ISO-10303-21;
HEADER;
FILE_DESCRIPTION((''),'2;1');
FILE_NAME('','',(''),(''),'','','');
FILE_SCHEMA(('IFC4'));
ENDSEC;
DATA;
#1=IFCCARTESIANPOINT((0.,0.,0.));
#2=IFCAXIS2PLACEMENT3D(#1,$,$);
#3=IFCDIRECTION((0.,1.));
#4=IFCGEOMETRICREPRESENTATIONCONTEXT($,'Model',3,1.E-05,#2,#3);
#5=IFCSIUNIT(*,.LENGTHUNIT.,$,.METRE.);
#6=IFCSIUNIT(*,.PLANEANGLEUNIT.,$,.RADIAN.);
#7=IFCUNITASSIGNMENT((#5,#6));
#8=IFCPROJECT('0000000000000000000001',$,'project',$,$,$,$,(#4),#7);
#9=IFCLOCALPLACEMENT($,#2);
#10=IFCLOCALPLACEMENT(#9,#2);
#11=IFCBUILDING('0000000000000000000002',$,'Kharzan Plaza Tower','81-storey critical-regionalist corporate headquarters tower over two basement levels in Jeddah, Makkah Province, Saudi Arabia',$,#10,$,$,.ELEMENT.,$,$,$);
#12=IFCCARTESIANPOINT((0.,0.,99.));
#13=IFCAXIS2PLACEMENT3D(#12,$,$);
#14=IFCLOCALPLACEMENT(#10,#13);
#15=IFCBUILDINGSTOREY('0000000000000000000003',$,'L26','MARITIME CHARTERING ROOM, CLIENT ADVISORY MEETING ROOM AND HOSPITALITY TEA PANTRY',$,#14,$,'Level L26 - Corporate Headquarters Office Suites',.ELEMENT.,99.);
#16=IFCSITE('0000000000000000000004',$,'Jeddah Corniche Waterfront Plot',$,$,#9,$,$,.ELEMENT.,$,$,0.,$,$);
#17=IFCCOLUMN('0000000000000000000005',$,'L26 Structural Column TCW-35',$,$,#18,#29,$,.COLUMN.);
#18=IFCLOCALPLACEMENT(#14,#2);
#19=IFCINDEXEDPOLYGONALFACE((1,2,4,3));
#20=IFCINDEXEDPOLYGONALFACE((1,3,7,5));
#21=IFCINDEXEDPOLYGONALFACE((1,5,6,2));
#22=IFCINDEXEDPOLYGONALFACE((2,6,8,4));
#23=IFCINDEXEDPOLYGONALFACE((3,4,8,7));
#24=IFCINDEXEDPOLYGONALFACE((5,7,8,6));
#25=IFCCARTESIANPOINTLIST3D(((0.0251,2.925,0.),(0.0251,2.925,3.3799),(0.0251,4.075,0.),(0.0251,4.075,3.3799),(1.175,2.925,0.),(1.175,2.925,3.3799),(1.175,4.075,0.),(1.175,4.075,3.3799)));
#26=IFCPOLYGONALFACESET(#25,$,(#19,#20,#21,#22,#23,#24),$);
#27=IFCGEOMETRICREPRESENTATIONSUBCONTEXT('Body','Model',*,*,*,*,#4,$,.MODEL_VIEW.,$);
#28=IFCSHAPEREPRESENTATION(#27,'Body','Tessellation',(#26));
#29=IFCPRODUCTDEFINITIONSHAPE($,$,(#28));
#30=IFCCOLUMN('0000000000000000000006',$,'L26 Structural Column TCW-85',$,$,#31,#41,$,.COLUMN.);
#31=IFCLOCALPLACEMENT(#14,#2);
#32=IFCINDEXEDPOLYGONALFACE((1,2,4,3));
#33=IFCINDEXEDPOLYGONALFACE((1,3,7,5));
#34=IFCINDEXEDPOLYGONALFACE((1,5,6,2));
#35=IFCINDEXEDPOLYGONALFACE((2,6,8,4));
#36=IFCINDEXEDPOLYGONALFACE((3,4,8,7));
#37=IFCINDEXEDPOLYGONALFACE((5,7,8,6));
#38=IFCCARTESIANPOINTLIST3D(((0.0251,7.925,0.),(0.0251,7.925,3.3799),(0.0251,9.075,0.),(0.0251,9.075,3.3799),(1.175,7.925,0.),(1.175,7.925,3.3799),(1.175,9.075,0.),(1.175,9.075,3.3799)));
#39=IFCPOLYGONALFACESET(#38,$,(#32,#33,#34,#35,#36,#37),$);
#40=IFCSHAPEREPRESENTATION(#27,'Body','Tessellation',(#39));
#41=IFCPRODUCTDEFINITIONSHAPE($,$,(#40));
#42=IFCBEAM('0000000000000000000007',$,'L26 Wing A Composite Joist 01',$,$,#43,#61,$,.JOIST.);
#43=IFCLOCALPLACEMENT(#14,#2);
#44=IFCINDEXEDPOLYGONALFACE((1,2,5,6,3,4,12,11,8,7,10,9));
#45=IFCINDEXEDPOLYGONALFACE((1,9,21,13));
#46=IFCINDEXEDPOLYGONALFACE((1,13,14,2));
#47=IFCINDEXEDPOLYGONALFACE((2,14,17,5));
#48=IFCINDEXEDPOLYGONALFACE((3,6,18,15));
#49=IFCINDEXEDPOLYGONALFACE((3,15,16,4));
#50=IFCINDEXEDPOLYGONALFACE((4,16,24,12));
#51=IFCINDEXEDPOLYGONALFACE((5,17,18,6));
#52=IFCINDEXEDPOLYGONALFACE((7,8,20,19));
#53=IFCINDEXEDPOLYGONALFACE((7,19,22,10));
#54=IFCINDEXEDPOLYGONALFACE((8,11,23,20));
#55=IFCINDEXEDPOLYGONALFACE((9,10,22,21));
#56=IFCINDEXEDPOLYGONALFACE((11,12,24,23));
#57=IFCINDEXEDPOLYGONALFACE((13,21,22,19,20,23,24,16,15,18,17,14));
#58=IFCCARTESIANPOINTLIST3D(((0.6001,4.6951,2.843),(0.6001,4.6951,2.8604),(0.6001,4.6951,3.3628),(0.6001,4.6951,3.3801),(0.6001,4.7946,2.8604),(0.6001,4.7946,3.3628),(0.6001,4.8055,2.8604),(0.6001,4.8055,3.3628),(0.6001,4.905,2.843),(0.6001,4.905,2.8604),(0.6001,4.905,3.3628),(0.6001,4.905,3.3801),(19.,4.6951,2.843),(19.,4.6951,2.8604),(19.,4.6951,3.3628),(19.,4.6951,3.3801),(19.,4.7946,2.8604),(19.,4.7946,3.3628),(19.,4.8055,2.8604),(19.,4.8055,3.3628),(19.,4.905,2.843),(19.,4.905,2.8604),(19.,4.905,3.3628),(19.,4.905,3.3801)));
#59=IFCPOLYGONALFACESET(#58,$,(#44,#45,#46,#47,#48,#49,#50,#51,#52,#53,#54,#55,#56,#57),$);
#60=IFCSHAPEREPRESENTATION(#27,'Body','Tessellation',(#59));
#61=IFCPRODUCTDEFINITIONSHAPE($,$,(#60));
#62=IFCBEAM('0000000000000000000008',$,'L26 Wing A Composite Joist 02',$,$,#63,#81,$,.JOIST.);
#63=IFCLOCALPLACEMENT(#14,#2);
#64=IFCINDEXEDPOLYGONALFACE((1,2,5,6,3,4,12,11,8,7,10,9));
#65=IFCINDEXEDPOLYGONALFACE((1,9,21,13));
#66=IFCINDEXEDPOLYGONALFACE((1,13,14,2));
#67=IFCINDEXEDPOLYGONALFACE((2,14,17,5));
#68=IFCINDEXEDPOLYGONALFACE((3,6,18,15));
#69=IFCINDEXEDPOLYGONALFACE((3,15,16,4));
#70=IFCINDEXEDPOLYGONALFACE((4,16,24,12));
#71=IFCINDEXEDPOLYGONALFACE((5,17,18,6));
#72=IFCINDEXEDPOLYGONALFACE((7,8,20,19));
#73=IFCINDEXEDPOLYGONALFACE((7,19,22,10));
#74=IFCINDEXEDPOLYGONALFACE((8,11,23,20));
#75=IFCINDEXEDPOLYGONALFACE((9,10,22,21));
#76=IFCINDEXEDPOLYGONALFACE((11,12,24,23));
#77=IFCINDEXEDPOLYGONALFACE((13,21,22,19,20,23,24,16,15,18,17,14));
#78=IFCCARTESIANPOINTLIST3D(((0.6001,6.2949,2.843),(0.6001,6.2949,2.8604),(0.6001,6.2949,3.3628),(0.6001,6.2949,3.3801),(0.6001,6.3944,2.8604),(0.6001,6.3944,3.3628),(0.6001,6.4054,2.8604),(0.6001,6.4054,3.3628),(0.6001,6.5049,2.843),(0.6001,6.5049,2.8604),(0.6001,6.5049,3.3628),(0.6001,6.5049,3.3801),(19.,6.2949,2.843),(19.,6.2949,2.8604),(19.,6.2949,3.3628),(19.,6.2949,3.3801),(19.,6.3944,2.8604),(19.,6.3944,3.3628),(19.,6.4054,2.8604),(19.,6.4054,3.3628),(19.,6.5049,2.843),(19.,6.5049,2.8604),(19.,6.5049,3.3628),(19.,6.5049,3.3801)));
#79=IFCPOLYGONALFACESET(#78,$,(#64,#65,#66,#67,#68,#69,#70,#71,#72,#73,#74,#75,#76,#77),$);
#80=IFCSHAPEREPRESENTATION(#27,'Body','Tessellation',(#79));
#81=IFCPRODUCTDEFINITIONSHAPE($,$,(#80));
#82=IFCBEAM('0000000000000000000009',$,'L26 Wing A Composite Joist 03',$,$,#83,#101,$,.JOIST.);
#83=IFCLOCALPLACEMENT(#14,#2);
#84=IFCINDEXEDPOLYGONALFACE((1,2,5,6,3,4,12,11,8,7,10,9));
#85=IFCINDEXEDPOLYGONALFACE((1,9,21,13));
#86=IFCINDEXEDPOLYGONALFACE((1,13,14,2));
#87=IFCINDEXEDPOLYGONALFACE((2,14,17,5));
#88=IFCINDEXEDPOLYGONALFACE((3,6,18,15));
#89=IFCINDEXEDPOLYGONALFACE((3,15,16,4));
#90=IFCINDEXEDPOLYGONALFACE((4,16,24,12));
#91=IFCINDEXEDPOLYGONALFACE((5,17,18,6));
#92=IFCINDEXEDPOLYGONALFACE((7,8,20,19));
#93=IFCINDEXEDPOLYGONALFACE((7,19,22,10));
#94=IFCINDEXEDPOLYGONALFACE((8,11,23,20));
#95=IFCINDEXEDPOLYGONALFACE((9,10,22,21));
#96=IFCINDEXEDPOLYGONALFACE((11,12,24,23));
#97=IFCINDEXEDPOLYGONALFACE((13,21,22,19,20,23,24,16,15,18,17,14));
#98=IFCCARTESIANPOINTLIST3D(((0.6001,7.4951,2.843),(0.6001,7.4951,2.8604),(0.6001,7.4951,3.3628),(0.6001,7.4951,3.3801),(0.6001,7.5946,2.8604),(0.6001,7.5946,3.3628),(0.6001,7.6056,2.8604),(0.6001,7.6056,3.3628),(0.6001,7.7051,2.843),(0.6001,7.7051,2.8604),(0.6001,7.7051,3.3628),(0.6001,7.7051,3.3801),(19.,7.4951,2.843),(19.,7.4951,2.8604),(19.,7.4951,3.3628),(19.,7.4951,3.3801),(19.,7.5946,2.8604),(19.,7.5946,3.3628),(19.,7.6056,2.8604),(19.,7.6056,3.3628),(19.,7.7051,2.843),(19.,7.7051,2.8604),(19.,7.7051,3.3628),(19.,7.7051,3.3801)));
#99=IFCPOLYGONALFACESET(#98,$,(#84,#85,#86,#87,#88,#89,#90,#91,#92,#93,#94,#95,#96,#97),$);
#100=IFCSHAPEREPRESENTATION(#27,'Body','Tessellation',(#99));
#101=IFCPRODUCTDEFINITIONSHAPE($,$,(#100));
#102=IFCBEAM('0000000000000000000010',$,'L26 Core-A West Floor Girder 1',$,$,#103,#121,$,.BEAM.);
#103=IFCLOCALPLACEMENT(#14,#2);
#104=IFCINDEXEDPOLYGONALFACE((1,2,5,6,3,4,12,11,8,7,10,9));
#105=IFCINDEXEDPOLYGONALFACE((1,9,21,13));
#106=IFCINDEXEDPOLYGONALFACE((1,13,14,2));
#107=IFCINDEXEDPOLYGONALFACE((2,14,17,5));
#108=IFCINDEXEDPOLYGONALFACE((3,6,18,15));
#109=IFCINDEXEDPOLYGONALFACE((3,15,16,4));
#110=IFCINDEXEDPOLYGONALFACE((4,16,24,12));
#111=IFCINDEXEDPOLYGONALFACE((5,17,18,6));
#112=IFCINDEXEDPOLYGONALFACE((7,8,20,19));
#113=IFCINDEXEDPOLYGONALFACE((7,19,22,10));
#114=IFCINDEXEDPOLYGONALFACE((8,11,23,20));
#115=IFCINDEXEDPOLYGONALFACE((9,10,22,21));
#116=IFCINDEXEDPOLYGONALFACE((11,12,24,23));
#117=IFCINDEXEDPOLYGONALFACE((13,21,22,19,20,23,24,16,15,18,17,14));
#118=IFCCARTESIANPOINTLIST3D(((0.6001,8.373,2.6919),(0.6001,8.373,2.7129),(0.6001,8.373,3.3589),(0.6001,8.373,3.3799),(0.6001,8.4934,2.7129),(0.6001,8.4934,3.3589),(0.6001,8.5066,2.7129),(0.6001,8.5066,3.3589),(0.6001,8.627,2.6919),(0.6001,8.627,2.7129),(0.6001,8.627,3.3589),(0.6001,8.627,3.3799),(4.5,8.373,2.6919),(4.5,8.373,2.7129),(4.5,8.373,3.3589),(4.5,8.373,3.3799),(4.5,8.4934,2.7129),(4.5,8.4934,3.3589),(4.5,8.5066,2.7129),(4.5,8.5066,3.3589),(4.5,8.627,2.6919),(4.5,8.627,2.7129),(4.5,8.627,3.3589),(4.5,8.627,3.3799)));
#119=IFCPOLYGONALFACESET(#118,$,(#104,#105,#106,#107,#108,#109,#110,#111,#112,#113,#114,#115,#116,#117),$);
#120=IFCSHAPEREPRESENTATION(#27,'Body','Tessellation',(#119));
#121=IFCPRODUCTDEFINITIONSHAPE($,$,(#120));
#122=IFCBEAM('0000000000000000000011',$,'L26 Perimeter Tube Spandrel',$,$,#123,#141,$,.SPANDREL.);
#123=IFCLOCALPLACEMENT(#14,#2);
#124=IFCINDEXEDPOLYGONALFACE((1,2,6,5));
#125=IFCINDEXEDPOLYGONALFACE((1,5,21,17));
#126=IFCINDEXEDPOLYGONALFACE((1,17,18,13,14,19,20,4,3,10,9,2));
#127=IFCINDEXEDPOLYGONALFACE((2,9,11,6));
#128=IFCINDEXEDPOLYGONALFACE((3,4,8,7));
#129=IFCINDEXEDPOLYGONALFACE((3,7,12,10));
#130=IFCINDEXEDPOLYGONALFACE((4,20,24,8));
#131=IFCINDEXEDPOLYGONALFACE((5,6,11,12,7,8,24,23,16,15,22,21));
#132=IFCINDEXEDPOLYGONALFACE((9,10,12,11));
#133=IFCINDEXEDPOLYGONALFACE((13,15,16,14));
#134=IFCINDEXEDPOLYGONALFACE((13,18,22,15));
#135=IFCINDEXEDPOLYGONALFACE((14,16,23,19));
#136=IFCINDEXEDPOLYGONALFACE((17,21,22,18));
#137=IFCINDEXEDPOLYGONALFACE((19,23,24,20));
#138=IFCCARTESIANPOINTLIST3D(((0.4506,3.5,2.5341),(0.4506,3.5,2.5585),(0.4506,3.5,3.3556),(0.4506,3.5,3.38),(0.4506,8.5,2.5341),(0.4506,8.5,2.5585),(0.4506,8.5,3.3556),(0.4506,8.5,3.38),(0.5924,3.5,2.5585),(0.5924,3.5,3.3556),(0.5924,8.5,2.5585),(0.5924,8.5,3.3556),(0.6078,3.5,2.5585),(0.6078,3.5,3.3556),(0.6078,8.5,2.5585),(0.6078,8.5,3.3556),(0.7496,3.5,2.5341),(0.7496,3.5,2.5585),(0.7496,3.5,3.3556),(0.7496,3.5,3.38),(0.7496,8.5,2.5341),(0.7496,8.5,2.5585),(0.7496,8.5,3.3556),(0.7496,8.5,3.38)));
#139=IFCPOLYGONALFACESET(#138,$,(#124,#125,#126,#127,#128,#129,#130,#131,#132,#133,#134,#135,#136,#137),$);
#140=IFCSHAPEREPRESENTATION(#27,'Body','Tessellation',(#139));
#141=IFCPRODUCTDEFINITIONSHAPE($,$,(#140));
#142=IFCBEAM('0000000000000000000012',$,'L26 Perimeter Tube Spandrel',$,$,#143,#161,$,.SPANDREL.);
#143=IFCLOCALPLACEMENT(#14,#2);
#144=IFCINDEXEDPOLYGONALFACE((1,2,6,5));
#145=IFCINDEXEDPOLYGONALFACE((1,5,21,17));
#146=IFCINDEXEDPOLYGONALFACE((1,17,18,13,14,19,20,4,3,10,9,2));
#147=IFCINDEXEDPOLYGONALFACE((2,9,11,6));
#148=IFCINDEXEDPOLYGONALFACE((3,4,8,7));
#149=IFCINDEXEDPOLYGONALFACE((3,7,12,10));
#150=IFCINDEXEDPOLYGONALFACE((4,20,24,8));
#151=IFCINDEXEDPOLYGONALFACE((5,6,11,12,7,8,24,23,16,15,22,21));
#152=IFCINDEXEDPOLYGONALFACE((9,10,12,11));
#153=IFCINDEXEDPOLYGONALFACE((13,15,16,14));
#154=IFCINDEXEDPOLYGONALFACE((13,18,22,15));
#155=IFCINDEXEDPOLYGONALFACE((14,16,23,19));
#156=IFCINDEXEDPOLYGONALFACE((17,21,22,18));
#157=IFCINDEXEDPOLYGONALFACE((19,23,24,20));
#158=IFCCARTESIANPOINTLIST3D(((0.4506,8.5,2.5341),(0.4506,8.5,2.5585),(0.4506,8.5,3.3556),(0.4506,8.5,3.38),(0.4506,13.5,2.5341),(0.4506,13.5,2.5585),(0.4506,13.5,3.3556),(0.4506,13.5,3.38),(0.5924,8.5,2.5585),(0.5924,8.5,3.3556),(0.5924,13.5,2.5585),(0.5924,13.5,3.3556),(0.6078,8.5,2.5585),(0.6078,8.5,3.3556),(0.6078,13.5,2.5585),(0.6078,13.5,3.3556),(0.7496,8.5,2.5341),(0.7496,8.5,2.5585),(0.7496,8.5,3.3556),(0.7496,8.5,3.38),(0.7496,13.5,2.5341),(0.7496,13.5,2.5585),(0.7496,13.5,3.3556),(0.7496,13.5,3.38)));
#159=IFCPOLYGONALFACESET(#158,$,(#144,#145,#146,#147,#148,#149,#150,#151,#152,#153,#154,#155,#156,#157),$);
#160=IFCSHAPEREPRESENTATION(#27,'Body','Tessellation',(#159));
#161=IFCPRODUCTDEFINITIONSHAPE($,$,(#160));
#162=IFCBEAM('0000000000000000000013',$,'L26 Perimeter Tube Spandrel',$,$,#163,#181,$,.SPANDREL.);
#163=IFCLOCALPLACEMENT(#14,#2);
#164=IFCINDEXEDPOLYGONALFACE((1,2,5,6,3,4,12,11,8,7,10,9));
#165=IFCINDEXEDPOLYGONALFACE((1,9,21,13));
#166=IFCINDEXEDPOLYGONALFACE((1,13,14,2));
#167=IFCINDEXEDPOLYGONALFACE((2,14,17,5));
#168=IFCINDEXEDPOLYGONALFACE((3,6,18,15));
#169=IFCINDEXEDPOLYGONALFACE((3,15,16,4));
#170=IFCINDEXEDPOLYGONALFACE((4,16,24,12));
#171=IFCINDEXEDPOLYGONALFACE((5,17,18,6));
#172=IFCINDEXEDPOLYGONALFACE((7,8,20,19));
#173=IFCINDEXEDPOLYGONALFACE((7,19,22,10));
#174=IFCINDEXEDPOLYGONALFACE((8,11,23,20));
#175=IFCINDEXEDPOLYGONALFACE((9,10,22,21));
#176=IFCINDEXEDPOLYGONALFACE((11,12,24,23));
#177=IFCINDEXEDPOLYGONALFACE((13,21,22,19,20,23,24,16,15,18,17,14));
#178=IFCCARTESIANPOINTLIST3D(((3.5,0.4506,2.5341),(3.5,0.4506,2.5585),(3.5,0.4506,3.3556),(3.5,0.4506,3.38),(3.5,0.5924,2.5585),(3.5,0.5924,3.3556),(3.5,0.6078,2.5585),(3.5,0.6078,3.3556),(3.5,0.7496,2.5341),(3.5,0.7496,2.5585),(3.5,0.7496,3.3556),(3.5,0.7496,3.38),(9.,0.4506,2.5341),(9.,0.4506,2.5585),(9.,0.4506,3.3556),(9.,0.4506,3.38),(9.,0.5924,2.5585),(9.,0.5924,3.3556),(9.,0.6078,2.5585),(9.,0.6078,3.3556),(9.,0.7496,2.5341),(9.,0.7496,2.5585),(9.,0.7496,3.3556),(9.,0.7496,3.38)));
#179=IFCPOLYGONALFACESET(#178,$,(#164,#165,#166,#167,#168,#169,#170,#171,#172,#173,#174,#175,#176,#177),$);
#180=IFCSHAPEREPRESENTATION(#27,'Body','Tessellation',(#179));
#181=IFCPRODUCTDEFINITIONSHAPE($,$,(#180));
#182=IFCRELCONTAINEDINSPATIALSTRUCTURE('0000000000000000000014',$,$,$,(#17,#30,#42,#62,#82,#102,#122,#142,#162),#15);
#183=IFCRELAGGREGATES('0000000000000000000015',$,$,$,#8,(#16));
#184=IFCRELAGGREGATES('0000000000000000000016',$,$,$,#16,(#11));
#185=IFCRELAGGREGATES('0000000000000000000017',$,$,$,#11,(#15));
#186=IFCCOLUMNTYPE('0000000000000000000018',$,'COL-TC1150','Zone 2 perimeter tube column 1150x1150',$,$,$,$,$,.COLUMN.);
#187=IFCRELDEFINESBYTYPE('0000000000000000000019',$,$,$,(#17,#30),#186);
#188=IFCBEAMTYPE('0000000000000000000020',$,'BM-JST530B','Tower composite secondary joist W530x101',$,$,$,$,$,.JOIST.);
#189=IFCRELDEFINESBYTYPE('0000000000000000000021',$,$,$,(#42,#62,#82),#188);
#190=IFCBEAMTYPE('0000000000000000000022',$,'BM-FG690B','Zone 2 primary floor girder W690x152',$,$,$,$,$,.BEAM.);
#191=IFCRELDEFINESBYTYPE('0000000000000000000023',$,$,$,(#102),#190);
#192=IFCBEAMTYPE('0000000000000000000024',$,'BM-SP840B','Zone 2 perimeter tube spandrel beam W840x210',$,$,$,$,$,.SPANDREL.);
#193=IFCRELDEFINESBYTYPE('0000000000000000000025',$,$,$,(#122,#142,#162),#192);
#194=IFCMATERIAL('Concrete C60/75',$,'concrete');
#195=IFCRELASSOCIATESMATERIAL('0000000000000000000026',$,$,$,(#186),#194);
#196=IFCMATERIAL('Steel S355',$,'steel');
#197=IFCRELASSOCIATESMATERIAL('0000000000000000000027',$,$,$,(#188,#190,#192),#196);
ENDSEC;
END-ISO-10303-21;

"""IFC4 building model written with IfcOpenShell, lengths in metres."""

from ifc_helpers import new_model, si_unit, direction, frame, origin, origin_2d, place, context, subcontext, project, spatial, rectangle, i_section, extrude, source, transform, mapped, material, material_profile, profile_set, type_object, element, save


model = new_model("IFC4")

# Units and contexts
model_context = context("Model", 3, precision=1e-05, world=origin(), true_north=direction((0.0, 1.0)))
body_context = subcontext(model_context, "Body", "Model", "MODEL_VIEW")
ifc_project = project(units=[si_unit("LENGTHUNIT", "METRE"), si_unit("PLANEANGLEUNIT", "RADIAN")], contexts=[model_context])

# Site, building, storey
site_placement = place(None, origin())
site = spatial("IfcSite", under=ifc_project, at=site_placement, Name="Jeddah Corniche Waterfront Plot", CompositionType="ELEMENT", RefElevation=0.0)
building_placement = place(site_placement, origin())
building = spatial("IfcBuilding", under=site, at=building_placement, Name="Kharzan Plaza Tower", Description="81-storey critical-regionalist corporate headquarters tower over two basement levels in Jeddah, Makkah Province, Saudi Arabia", CompositionType="ELEMENT")
storey_placement = place(building_placement, frame((0.0, 0.0, 99.0)))
storey = spatial("IfcBuildingStorey", under=building, at=storey_placement, Name="L26", Description="MARITIME CHARTERING ROOM, CLIENT ADVISORY MEETING ROOM AND HOSPITALITY TEA PANTRY", LongName="Level L26 - Corporate Headquarters Office Suites", CompositionType="ELEMENT", Elevation=99.0)

# Columns
ifc_material_1 = material(Name="Concrete C60/75", Category="concrete")
ifc_material_profile_1 = material_profile(ifc_material_1, rectangle(XDim=1.1499, YDim=1.1499, at=origin_2d()), Name="RC-TC1150x1150")
ifc_profile_set_1 = profile_set([ifc_material_profile_1], Name="Concrete C60/75")
column_type = type_object("IfcColumnType", Name="COL-TC1150", Description="Zone 2 perimeter tube column 1150x1150", PredefinedType="COLUMN", material=ifc_profile_set_1)
shared_shape_1 = source(origin(), body_context, "Body", "SweptSolid", [
    extrude(rectangle(XDim=1.1499, YDim=1.1499, at=origin_2d()), origin(), (0.0, 0.0, 1.0), 3.3799),
])
for number, where, z_axis, x_axis, name in (
    (1, (0.6001, 3.5, 0.0), (0.0, 0.0, 1.0), (1.0, 0.0, 0.0), "L26 Structural Column TCW-35"),
    (2, (0.6001, 8.5, 0.0), (0.0, 0.0, 1.0), (1.0, 0.0, 0.0), "L26 Structural Column TCW-85"),
):
    element("IfcColumn", number, at=place(storey_placement, frame(where, z_axis=z_axis, x_axis=x_axis)), inside=storey, type_object=column_type, Name=name, PredefinedType="COLUMN", context=body_context, shape_type="MappedRepresentation", body=[
        mapped(shared_shape_1, transform((0.0, 0.0, 0.0), x_axis=(1.0, 0.0, 0.0), y_axis=(0.0, 1.0, 0.0), z_axis=(0.0, 0.0, 1.0))),
    ])

# Beams
ifc_material_2 = material(Name="Steel S355", Category="steel")
ifc_material_profile_2 = material_profile(ifc_material_2, i_section(OverallWidth=0.21, OverallDepth=0.5371, WebThickness=0.011, FlangeThickness=0.0173, at=origin_2d()), Name="W530x101")
ifc_profile_set_2 = profile_set([ifc_material_profile_2], Name="Steel S355")
beam_type_1 = type_object("IfcBeamType", Name="BM-JST530B", Description="Tower composite secondary joist W530x101", PredefinedType="JOIST", material=ifc_profile_set_2)
shared_shape_2 = source(origin(), body_context, "Body", "SweptSolid", [
    extrude(i_section(OverallWidth=0.21, OverallDepth=0.5371, WebThickness=0.011, FlangeThickness=0.0173, at=origin_2d()), origin(), (0.0, 0.0, 1.0), 18.3999),
])
for number, where, z_axis, x_axis, name in (
    (3, (0.6001, 4.8, 3.1116), (1.0, 0.0, 0.0), (0.0, 1.0, 0.0), "L26 Wing A Composite Joist 01"),
    (4, (0.6001, 6.3999, 3.1116), (1.0, 0.0, 0.0), (0.0, 1.0, 0.0), "L26 Wing A Composite Joist 02"),
    (5, (0.6001, 7.6001, 3.1116), (1.0, 0.0, 0.0), (0.0, 1.0, 0.0), "L26 Wing A Composite Joist 03"),
):
    element("IfcBeam", number, at=place(storey_placement, frame(where, z_axis=z_axis, x_axis=x_axis)), inside=storey, type_object=beam_type_1, Name=name, PredefinedType="JOIST", context=body_context, shape_type="MappedRepresentation", body=[
        mapped(shared_shape_2, transform((0.0, 0.0, 0.0), x_axis=(1.0, 0.0, 0.0), y_axis=(0.0, 1.0, 0.0), z_axis=(0.0, 0.0, 1.0))),
    ])
ifc_material_profile_3 = material_profile(ifc_material_2, i_section(OverallWidth=0.2539, OverallDepth=0.688, WebThickness=0.0132, FlangeThickness=0.021, at=origin_2d()), Name="W690x152")
ifc_profile_set_3 = profile_set([ifc_material_profile_3], Name="Steel S355")
beam_type_2 = type_object("IfcBeamType", Name="BM-FG690B", Description="Zone 2 primary floor girder W690x152", PredefinedType="BEAM", material=ifc_profile_set_3)
shared_shape_3 = source(origin(), body_context, "Body", "SweptSolid", [
    extrude(i_section(OverallWidth=0.2539, OverallDepth=0.688, WebThickness=0.0132, FlangeThickness=0.021, at=origin_2d()), origin(), (0.0, 0.0, 1.0), 3.8999),
])
beam_1_placement = place(storey_placement, frame((0.6001, 8.5, 3.0359), z_axis=(1.0, 0.0, 0.0), x_axis=(0.0, 1.0, 0.0)))
element("IfcBeam", 6, at=beam_1_placement, inside=storey, type_object=beam_type_2, Name="L26 Core-A West Floor Girder 1", PredefinedType="BEAM", context=body_context, shape_type="MappedRepresentation", body=[
    mapped(shared_shape_3, transform((0.0, 0.0, 0.0), x_axis=(1.0, 0.0, 0.0), y_axis=(0.0, 1.0, 0.0), z_axis=(0.0, 0.0, 1.0))),
])
ifc_material_profile_4 = material_profile(ifc_material_2, i_section(OverallWidth=0.2991, OverallDepth=0.8459, WebThickness=0.0154, FlangeThickness=0.0244, at=origin_2d()), Name="W840x210")
ifc_profile_set_4 = profile_set([ifc_material_profile_4], Name="Steel S355")
beam_type_3 = type_object("IfcBeamType", Name="BM-SP840B", Description="Zone 2 perimeter tube spandrel beam W840x210", PredefinedType="SPANDREL", material=ifc_profile_set_4)
shared_shape_4 = source(origin(), body_context, "Body", "SweptSolid", [
    extrude(i_section(OverallWidth=0.2991, OverallDepth=0.8459, WebThickness=0.0154, FlangeThickness=0.0244, at=origin_2d()), origin(), (0.0, 0.0, 1.0), 5.0),
])
for number, where, z_axis, x_axis, name in (
    (7, (0.6001, 3.5, 2.957), (0.0, 1.0, 0.0), (-1.0, 0.0, 0.0), "L26 Perimeter Tube Spandrel"),
    (8, (0.6001, 8.5, 2.957), (0.0, 1.0, 0.0), (-1.0, 0.0, 0.0), "L26 Perimeter Tube Spandrel"),
):
    element("IfcBeam", number, at=place(storey_placement, frame(where, z_axis=z_axis, x_axis=x_axis)), inside=storey, type_object=beam_type_3, Name=name, PredefinedType="SPANDREL", context=body_context, shape_type="MappedRepresentation", body=[
        mapped(shared_shape_4, transform((0.0, 0.0, 0.0), x_axis=(1.0, 0.0, 0.0), y_axis=(0.0, 1.0, 0.0), z_axis=(0.0, 0.0, 1.0))),
    ])
shared_shape_5 = source(origin(), body_context, "Body", "SweptSolid", [
    extrude(i_section(OverallWidth=0.2991, OverallDepth=0.8459, WebThickness=0.0154, FlangeThickness=0.0244, at=origin_2d()), origin(), (0.0, 0.0, 1.0), 5.5),
])
beam_2_placement = place(storey_placement, frame((3.5, 0.6001, 2.957), z_axis=(1.0, 0.0, 0.0), x_axis=(0.0, 1.0, 0.0)))
element("IfcBeam", 9, at=beam_2_placement, inside=storey, type_object=beam_type_3, Name="L26 Perimeter Tube Spandrel", PredefinedType="SPANDREL", context=body_context, shape_type="MappedRepresentation", body=[
    mapped(shared_shape_5, transform((0.0, 0.0, 0.0), x_axis=(1.0, 0.0, 0.0), y_axis=(0.0, 1.0, 0.0), z_axis=(0.0, 0.0, 1.0))),
])

save(model, "model.ifc")
